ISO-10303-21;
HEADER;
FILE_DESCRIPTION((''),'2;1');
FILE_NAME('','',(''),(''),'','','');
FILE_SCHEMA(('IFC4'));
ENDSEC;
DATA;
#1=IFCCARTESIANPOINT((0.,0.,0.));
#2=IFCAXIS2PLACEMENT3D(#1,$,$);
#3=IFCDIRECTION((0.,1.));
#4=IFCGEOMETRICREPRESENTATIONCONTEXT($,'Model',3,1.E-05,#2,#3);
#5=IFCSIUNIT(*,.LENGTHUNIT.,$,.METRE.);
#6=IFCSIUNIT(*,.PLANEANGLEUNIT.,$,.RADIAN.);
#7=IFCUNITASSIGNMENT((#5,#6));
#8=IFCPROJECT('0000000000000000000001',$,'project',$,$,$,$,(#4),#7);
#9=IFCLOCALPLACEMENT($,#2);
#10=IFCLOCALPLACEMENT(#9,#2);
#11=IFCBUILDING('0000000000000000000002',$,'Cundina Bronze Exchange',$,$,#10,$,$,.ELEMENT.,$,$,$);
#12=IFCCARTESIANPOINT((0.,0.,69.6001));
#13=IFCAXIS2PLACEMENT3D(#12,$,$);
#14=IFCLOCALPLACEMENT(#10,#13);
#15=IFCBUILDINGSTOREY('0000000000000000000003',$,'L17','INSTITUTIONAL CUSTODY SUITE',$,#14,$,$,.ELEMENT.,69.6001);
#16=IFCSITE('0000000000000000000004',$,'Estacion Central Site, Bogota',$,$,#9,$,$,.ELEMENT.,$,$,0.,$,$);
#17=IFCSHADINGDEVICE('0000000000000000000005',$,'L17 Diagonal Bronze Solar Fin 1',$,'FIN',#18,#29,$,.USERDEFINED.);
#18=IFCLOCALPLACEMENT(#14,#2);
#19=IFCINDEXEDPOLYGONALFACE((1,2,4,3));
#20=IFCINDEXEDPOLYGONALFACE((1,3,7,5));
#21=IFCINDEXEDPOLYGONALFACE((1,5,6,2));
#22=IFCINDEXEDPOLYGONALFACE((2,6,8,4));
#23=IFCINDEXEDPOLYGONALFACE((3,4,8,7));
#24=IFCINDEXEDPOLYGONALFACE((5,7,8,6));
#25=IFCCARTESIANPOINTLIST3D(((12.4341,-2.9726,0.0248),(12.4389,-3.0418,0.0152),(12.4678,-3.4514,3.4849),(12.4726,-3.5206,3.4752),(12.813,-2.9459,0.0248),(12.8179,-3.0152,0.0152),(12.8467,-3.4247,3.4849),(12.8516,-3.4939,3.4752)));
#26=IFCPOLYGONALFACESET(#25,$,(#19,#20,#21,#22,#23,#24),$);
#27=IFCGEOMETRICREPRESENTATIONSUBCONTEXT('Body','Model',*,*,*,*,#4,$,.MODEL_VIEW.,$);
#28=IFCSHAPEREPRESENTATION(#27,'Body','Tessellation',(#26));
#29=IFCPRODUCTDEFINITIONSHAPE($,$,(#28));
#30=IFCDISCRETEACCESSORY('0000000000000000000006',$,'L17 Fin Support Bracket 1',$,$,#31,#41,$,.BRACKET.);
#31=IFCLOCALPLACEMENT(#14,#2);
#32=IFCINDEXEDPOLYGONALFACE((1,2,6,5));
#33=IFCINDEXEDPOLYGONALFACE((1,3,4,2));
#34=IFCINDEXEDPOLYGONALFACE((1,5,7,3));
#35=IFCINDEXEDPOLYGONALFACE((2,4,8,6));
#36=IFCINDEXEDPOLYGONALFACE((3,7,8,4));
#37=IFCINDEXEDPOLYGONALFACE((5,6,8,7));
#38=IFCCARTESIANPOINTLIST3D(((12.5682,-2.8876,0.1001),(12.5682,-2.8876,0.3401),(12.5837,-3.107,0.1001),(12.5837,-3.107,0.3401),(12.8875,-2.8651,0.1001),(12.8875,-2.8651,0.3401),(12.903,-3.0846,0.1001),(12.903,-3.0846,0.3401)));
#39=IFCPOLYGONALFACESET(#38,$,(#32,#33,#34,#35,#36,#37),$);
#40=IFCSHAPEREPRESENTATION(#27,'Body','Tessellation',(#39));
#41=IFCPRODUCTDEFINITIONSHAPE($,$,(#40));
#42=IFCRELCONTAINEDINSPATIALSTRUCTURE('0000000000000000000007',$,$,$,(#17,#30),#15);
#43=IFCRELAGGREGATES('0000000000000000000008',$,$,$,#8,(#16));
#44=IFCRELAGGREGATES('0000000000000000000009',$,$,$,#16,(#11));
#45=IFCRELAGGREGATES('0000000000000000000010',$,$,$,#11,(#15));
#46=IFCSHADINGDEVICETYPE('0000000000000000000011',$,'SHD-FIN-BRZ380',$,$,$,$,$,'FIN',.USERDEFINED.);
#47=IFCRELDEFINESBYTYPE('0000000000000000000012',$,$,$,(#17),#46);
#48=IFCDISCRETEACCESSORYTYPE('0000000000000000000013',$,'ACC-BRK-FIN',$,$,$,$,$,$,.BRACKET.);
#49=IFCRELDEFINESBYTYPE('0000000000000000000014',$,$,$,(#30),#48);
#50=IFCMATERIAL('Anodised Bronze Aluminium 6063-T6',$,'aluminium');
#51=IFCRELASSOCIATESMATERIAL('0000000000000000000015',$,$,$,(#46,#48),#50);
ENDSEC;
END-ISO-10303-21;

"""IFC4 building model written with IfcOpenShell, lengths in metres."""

from ifc_helpers import new_model, si_unit, direction, frame, origin, origin_2d, place, context, subcontext, project, spatial, rectangle, extrude, material, material_profile, profile_set, type_object, element, save


model = new_model("IFC4")

# Units and contexts
model_context = context("Model", 3, precision=1e-05, world=origin(), true_north=direction((0.0, 1.0)))
body_context = subcontext(model_context, "Body", "Model", "MODEL_VIEW")
ifc_project = project(units=[si_unit("LENGTHUNIT", "METRE"), si_unit("PLANEANGLEUNIT", "RADIAN")], contexts=[model_context])

# Site, building, storey
site_placement = place(None, origin())
site = spatial("IfcSite", under=ifc_project, at=site_placement, Name="Estacion Central Site, Bogota", CompositionType="ELEMENT", RefElevation=0.0)
building_placement = place(site_placement, origin())
building = spatial("IfcBuilding", under=site, at=building_placement, Name="Cundina Bronze Exchange", CompositionType="ELEMENT")
storey_placement = place(building_placement, frame((0.0, 0.0, 69.6001)))
storey = spatial("IfcBuildingStorey", under=building, at=storey_placement, Name="L17", Description="INSTITUTIONAL CUSTODY SUITE", CompositionType="ELEMENT", Elevation=69.6001)

# Shared definitions
ifc_material_1 = material(Name="Anodised Bronze Aluminium 6063-T6", Category="aluminium")

# Shading device
ifc_material_profile_1 = material_profile(ifc_material_1, rectangle(XDim=0.0701, YDim=0.3799, at=origin_2d()), Name="FIN70X380", Category="aluminium")
ifc_profile_set_1 = profile_set([ifc_material_profile_1], Name="Anodised Bronze Aluminium 6063-T6")
shading_device_type = type_object("IfcShadingDeviceType", Name="SHD-FIN-BRZ380", ElementType="FIN", PredefinedType="USERDEFINED", material=ifc_profile_set_1)
shading_device_placement = place(storey_placement, frame((12.626, -2.9939, 0.02), z_axis=(0.009645, -0.137059, 0.990516), x_axis=(-0.069533, 0.988072, 0.137398)))
element("IfcShadingDevice", 1, at=shading_device_placement, inside=storey, type_object=shading_device_type, Name="L17 Diagonal Bronze Solar Fin 1", ObjectType="FIN", PredefinedType="USERDEFINED", context=body_context, shape_type="SweptSolid", body=[
    extrude(rectangle(XDim=0.0701, YDim=0.3799, at=origin_2d()), origin(), (0.0, 0.0, 1.0), 3.4932),
])

# Discrete accessory
discrete_accessory_type = type_object("IfcDiscreteAccessoryType", Name="ACC-BRK-FIN", PredefinedType="BRACKET", material=ifc_material_1)
discrete_accessory_placement = place(storey_placement, frame((12.7356, -2.9861, 0.1001), z_axis=(0.0, 0.0, 1.0), x_axis=(0.070279, -0.997527, 0.0)))
element("IfcDiscreteAccessory", 2, at=discrete_accessory_placement, inside=storey, type_object=discrete_accessory_type, Name="L17 Fin Support Bracket 1", PredefinedType="BRACKET", context=body_context, shape_type="SweptSolid", body=[
    extrude(rectangle(XDim=0.22, YDim=0.3201, at=origin_2d()), origin(), (0.0, 0.0, 1.0), 0.24),
])

save(model, "model.ifc")
